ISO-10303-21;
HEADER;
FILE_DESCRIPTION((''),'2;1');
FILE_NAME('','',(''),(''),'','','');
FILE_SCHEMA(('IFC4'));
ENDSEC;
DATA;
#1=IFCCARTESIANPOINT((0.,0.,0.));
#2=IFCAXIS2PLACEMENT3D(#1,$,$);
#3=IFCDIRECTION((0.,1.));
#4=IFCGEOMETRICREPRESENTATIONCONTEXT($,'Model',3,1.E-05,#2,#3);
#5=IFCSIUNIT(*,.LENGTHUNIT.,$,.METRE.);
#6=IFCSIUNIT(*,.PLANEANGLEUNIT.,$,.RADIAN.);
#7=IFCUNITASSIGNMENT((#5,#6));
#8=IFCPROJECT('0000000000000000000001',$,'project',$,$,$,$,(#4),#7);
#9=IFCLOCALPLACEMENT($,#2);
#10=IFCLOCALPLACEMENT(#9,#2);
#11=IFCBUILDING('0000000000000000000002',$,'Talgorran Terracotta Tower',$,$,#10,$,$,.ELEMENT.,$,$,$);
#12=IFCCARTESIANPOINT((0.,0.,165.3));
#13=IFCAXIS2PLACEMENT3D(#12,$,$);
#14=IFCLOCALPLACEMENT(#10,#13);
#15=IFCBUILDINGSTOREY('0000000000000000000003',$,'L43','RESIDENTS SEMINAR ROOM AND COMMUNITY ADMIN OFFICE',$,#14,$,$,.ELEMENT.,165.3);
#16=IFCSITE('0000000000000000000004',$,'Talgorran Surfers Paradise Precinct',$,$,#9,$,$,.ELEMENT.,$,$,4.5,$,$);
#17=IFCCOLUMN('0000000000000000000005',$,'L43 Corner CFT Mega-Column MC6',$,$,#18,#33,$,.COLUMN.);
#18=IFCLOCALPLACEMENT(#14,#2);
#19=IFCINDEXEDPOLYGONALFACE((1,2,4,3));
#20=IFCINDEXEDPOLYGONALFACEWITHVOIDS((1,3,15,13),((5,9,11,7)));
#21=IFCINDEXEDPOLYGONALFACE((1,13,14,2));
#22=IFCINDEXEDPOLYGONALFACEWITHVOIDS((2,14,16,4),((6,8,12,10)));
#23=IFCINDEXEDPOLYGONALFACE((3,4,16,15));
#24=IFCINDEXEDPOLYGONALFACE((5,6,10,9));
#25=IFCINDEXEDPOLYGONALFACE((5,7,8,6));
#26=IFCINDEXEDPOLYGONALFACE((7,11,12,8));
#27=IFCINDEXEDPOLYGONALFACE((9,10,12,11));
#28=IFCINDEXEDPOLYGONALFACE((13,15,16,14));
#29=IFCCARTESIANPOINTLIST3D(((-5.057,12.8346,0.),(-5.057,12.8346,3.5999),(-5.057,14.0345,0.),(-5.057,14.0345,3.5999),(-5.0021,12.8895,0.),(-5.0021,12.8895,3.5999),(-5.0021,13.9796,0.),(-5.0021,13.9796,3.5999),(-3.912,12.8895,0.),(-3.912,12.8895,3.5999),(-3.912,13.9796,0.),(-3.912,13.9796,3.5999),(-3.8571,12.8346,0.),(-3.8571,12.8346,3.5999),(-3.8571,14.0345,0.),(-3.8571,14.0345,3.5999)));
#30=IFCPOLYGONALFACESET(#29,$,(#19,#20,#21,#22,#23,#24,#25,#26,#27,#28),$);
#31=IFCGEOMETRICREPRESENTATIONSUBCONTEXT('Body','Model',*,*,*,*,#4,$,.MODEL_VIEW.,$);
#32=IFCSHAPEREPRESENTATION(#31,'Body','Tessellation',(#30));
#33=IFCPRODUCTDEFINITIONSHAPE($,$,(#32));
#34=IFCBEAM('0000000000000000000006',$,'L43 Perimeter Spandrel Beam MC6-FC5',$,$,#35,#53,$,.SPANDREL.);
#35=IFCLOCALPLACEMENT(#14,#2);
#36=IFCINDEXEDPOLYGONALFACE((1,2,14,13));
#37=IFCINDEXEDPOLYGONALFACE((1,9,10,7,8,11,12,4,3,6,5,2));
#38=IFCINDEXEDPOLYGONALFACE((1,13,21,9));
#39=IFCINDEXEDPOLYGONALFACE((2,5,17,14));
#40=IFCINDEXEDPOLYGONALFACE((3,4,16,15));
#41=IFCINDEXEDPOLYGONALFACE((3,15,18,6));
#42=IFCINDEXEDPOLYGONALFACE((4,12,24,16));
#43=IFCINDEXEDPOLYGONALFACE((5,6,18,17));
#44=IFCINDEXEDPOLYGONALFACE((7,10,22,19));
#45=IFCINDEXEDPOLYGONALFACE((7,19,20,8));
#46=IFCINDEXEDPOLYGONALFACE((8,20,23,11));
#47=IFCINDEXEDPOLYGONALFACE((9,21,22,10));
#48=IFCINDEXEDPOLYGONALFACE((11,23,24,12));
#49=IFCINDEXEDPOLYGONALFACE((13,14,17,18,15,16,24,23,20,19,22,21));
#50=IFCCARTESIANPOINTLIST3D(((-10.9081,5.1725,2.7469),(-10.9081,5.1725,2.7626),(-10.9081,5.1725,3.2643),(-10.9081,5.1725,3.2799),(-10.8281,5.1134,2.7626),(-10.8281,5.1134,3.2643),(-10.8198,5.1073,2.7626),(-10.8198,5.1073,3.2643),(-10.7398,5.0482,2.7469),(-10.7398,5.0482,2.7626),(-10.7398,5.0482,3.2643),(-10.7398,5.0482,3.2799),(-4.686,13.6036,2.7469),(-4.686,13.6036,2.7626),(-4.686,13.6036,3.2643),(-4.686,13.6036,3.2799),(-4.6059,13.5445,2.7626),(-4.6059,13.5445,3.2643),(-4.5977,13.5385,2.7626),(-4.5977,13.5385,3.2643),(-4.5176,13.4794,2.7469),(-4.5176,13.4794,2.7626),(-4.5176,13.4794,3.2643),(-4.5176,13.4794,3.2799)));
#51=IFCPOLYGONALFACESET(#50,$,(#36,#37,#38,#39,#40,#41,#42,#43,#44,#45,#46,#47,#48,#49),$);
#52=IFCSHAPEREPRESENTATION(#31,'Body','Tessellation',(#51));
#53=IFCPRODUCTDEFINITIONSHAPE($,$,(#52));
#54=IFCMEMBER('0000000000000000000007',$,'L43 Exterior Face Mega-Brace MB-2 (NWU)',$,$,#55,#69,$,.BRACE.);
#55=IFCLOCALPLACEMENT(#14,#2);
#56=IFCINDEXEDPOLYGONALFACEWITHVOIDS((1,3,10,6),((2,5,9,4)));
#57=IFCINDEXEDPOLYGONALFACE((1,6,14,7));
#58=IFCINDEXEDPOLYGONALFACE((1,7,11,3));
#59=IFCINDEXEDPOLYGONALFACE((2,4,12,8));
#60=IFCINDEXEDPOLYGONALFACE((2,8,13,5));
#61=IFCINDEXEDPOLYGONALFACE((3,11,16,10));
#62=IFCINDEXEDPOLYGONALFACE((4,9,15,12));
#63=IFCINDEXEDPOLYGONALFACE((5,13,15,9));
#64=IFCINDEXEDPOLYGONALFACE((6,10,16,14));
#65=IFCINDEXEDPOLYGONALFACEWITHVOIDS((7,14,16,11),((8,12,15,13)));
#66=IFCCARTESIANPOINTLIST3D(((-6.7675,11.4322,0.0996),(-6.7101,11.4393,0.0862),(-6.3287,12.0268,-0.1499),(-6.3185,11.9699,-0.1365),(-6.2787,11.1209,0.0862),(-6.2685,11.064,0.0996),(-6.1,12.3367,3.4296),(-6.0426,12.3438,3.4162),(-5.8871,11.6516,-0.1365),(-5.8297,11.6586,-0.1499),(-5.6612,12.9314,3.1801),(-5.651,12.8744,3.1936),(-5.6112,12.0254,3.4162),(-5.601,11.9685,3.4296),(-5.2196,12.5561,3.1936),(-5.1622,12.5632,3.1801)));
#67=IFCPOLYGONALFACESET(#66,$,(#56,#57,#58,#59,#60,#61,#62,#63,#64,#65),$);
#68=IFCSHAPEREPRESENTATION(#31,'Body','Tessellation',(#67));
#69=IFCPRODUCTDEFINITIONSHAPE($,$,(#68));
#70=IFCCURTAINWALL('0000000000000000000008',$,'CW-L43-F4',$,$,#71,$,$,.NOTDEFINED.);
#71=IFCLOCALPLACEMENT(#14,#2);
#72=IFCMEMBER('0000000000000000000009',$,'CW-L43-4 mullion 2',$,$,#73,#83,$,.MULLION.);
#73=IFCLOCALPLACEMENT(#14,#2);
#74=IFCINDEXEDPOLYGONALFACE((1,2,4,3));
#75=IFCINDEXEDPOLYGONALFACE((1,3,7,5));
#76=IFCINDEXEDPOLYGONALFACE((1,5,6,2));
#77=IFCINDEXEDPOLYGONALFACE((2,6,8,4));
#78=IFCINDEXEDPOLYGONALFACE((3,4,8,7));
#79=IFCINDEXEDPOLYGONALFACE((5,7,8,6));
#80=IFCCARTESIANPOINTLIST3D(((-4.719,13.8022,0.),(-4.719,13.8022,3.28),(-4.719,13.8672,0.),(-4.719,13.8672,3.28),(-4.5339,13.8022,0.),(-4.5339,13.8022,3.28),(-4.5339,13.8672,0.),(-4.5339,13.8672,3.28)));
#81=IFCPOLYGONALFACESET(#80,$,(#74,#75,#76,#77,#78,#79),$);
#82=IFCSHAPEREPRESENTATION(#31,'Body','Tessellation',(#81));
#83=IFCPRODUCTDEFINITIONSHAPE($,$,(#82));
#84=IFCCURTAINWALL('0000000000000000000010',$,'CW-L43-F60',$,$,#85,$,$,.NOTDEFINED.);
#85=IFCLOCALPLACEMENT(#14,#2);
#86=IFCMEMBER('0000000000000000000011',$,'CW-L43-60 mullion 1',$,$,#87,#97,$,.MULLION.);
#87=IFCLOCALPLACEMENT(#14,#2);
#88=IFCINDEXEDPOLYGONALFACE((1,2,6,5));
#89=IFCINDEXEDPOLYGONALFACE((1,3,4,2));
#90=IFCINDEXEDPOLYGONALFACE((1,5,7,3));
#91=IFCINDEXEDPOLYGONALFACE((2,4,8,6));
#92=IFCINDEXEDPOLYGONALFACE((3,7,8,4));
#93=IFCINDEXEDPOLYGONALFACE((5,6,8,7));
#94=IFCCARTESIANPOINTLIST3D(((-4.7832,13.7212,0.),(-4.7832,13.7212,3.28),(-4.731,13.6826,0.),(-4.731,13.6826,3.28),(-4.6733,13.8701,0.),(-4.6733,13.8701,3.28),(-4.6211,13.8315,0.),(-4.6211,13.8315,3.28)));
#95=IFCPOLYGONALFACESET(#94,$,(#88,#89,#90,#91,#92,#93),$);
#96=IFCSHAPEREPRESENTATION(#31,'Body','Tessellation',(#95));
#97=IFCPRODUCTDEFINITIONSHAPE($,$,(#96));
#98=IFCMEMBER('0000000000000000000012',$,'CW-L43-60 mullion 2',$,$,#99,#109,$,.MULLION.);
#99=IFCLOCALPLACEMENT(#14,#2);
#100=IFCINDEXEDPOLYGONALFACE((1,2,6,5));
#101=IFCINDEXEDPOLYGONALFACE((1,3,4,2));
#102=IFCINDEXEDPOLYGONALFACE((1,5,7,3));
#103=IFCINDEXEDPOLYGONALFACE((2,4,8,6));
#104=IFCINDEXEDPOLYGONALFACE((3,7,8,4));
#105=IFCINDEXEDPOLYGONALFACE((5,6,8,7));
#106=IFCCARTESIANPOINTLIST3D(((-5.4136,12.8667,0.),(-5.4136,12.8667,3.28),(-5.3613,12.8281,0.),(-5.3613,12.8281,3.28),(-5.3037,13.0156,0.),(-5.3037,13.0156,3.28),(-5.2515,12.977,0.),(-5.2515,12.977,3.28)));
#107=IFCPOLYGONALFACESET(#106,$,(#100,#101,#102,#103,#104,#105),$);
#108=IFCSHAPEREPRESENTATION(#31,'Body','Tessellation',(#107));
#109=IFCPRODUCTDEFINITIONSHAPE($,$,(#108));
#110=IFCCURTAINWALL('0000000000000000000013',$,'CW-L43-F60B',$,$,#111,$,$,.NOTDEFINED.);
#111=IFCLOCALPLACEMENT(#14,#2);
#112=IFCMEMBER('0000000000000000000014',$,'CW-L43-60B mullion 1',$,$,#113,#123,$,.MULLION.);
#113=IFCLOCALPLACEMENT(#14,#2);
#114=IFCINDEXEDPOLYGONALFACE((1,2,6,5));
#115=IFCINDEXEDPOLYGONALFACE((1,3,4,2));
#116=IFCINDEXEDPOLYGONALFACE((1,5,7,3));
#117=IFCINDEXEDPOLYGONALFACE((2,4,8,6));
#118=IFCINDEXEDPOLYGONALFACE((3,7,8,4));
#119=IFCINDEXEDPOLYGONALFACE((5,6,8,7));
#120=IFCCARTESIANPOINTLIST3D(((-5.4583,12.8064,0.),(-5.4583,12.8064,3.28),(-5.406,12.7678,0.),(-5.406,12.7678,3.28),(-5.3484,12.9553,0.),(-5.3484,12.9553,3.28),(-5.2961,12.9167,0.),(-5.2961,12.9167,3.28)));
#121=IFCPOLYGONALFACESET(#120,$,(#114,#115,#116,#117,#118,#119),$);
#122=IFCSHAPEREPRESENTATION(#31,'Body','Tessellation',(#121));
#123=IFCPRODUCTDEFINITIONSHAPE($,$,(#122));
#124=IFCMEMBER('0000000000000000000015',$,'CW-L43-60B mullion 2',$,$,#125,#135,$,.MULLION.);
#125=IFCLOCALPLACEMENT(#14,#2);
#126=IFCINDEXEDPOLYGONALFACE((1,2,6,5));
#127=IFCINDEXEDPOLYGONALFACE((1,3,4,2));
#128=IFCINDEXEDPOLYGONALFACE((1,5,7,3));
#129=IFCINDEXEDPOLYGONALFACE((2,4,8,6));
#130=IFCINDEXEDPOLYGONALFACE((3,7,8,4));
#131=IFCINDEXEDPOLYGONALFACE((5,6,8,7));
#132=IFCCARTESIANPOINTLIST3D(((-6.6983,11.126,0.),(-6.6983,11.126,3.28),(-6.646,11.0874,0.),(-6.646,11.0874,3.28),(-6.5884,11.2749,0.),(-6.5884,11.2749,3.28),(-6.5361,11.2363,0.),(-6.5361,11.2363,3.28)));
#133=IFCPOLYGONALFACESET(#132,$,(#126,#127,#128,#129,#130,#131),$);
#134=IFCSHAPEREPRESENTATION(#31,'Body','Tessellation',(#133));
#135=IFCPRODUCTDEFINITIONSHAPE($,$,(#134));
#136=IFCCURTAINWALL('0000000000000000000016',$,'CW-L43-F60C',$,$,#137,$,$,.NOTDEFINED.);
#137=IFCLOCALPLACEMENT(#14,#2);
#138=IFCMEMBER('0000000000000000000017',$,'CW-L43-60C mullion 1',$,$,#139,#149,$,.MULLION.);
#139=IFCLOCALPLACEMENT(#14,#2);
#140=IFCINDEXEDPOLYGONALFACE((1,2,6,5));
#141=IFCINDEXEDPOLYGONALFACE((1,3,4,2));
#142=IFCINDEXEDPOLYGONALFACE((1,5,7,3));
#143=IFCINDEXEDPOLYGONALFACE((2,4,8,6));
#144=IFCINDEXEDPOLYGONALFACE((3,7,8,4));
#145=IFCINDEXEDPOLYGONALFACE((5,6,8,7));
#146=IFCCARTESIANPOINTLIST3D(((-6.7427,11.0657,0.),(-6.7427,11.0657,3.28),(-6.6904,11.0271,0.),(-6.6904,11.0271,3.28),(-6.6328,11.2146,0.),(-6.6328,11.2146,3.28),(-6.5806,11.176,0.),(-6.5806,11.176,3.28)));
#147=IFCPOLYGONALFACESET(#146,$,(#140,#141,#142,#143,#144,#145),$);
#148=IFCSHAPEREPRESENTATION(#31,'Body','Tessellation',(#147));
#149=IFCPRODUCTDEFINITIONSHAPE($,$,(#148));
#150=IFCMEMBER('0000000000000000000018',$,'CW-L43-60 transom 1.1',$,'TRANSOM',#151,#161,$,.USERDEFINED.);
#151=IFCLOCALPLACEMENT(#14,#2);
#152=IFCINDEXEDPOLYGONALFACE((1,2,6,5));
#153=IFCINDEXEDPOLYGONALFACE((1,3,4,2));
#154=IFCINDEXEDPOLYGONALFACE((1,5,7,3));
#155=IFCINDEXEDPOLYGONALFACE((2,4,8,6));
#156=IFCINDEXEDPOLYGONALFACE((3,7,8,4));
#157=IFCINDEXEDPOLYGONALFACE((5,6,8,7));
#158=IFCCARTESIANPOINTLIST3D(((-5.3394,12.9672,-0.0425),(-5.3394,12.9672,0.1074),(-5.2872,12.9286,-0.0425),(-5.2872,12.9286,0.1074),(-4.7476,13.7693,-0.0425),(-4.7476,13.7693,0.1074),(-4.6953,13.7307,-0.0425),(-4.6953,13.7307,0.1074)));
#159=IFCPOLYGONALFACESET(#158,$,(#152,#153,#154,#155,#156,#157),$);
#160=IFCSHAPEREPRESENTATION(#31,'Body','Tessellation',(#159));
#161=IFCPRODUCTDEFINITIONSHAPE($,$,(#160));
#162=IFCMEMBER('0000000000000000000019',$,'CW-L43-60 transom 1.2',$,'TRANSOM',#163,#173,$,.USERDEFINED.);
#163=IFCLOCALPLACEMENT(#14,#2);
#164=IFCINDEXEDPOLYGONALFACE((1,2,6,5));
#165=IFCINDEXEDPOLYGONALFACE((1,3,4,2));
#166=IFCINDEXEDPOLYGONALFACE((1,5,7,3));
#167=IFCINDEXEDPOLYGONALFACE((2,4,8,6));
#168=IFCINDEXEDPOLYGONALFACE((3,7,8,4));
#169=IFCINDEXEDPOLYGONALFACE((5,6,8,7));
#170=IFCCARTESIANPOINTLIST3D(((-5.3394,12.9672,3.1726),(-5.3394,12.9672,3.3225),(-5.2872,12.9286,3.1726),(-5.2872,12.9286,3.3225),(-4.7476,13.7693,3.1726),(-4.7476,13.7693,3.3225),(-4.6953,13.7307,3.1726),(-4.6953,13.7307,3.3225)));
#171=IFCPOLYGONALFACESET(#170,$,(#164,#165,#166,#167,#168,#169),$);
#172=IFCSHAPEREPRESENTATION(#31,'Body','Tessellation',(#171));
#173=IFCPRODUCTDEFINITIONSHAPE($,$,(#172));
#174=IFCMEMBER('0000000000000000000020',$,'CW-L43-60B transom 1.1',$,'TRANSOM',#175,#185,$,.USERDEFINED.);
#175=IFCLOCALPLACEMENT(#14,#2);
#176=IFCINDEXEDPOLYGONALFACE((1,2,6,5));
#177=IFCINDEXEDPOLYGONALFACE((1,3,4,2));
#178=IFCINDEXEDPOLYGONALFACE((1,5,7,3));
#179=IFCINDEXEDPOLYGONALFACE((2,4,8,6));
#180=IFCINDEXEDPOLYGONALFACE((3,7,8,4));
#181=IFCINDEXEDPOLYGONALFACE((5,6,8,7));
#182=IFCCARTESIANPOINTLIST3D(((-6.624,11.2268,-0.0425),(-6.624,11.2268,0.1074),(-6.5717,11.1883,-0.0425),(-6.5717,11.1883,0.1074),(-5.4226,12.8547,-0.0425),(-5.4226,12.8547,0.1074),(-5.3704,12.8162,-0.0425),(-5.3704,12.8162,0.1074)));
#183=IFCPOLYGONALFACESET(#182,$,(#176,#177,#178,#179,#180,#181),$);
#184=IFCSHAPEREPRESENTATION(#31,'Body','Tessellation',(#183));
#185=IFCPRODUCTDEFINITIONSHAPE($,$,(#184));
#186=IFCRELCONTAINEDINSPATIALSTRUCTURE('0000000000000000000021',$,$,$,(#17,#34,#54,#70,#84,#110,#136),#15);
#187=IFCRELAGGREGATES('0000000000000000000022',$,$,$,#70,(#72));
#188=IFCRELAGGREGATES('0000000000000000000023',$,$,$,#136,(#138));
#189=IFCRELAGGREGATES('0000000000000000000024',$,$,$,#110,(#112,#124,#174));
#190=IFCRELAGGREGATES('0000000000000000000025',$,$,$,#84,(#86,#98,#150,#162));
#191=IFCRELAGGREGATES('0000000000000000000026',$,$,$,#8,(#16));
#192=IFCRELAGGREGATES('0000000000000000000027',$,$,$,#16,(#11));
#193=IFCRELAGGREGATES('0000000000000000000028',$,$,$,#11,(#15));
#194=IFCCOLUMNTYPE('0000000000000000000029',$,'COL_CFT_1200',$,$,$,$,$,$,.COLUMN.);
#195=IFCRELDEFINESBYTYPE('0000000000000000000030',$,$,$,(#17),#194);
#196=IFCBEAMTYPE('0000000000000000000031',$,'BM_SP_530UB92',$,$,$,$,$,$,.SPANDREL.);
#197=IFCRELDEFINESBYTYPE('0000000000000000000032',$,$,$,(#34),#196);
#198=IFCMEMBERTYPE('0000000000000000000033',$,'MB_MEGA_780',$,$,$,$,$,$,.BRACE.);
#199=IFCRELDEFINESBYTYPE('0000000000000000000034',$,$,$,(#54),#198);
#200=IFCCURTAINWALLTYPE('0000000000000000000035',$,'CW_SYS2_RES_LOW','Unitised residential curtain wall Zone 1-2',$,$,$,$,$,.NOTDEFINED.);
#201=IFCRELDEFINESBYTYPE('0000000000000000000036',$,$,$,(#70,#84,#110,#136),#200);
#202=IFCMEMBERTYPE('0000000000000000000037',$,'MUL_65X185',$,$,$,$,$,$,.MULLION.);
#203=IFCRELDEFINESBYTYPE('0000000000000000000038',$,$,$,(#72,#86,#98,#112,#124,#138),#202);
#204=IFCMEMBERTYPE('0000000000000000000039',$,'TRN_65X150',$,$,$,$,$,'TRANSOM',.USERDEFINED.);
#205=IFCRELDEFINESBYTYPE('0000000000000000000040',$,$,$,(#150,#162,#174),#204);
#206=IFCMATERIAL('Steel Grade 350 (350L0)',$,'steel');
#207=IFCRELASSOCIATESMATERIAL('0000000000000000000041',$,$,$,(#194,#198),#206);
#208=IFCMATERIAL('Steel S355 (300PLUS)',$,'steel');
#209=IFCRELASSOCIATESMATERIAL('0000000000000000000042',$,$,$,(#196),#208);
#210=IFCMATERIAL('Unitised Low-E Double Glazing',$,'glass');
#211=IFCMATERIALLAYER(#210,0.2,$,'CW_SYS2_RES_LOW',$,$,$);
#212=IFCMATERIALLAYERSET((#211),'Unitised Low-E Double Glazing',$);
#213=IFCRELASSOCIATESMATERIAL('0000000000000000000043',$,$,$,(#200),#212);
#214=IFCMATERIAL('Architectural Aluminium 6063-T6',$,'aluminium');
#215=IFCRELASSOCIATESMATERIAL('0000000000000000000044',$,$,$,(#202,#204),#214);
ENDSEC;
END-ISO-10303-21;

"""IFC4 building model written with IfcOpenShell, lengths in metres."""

from ifc_helpers import new_model, si_unit, direction, frame, origin, origin_2d, place, context, subcontext, project, spatial, rectangle, hollow_rectangle, i_section, extrude, material, layer, layer_set, material_profile, profile_set, type_object, element, aggregate, save


model = new_model("IFC4")

# Units and contexts
model_context = context("Model", 3, precision=1e-05, world=origin(), true_north=direction((0.0, 1.0)))
body_context = subcontext(model_context, "Body", "Model", "MODEL_VIEW")
ifc_project = project(units=[si_unit("LENGTHUNIT", "METRE"), si_unit("PLANEANGLEUNIT", "RADIAN")], contexts=[model_context])

# Site, building, storey
site_placement = place(None, origin())
site = spatial("IfcSite", under=ifc_project, at=site_placement, Name="Talgorran Surfers Paradise Precinct", CompositionType="ELEMENT", RefElevation=4.5)
building_placement = place(site_placement, origin())
building = spatial("IfcBuilding", under=site, at=building_placement, Name="Talgorran Terracotta Tower", CompositionType="ELEMENT")
storey_placement = place(building_placement, frame((0.0, 0.0, 165.3)))
storey = spatial("IfcBuildingStorey", under=building, at=storey_placement, Name="L43", Description="RESIDENTS SEMINAR ROOM AND COMMUNITY ADMIN OFFICE", CompositionType="ELEMENT", Elevation=165.3)

# Column
ifc_material_1 = material(Name="Steel Grade 350 (350L0)", Category="steel")
ifc_material_profile_1 = material_profile(ifc_material_1, hollow_rectangle(XDim=1.2, YDim=1.2, WallThickness=0.0549, at=origin_2d()), Name="CFT1200X1200X55")
ifc_profile_set_1 = profile_set([ifc_material_profile_1], Name="Steel Grade 350 (350L0)")
column_type = type_object("IfcColumnType", Name="COL_CFT_1200", PredefinedType="COLUMN", material=ifc_profile_set_1)
column_placement = place(storey_placement, frame((-4.457, 13.4346, 0.0), z_axis=(0.0, 0.0, 1.0), x_axis=(1.0, 0.0, 0.0)))
element("IfcColumn", 1, at=column_placement, inside=storey, type_object=column_type, Name="L43 Corner CFT Mega-Column MC6", PredefinedType="COLUMN", context=body_context, shape_type="SweptSolid", body=[
    extrude(hollow_rectangle(XDim=1.2, YDim=1.2, WallThickness=0.0549, at=origin_2d()), origin(), (0.0, 0.0, 1.0), 3.5999),
])

# Beam
ifc_material_2 = material(Name="Steel S355 (300PLUS)", Category="steel")
ifc_material_profile_2 = material_profile(ifc_material_2, i_section(OverallWidth=0.2092, OverallDepth=0.533, WebThickness=0.0103, FlangeThickness=0.0156, at=origin_2d()), Name="530UB92.4")
ifc_profile_set_2 = profile_set([ifc_material_profile_2], Name="Steel S355 (300PLUS)")
beam_type = type_object("IfcBeamType", Name="BM_SP_530UB92", PredefinedType="SPANDREL", material=ifc_profile_set_2)
beam_placement = place(storey_placement, frame((-4.6018, 13.5415, 3.0134), z_axis=(-0.593801, -0.804612, 0.0), x_axis=(0.804612, -0.593801, 0.0)))
element("IfcBeam", 2, at=beam_placement, inside=storey, type_object=beam_type, Name="L43 Perimeter Spandrel Beam MC6-FC5", PredefinedType="SPANDREL", context=body_context, shape_type="SweptSolid", body=[
    extrude(i_section(OverallWidth=0.2092, OverallDepth=0.533, WebThickness=0.0103, FlangeThickness=0.0156, at=origin_2d()), origin(), (0.0, 0.0, 1.0), 10.4785),
])

# Member
ifc_material_profile_3 = material_profile(ifc_material_1, hollow_rectangle(XDim=0.6201, YDim=0.78, WallThickness=0.042, at=origin_2d()), Name="WBOX780X620X42")
ifc_profile_set_3 = profile_set([ifc_material_profile_3], Name="Steel Grade 350 (350L0)")
member_type_1 = type_object("IfcMemberType", Name="MB_MEGA_780", PredefinedType="BRACE", material=ifc_profile_set_3)
member_1_placement = place(storey_placement, frame((-6.2986, 11.5454, -0.0251), z_axis=(0.189911, 0.257359, 0.94747), x_axis=(-0.804641, 0.593762, 0.0)))
element("IfcMember", 3, at=member_1_placement, inside=storey, type_object=member_type_1, Name="L43 Exterior Face Mega-Brace MB-2 (NWU)", PredefinedType="BRACE", context=body_context, shape_type="SweptSolid", body=[
    extrude(hollow_rectangle(XDim=0.6201, YDim=0.78, WallThickness=0.042, at=origin_2d()), origin(), (0.0, 0.0, 1.0), 3.5146),
])

# Curtain wall, member
ifc_material_3 = material(Name="Unitised Low-E Double Glazing", Category="glass")
ifc_layer_1 = layer(ifc_material_3, 0.2, Name="CW_SYS2_RES_LOW")
ifc_layer_set_1 = layer_set([ifc_layer_1], Name="Unitised Low-E Double Glazing")
curtain_wall_type = type_object("IfcCurtainWallType", Name="CW_SYS2_RES_LOW", Description="Unitised residential curtain wall Zone 1-2", PredefinedType="NOTDEFINED", material=ifc_layer_set_1)
curtain_wall_1_placement = place(storey_placement, origin())
curtain_wall_1 = element("IfcCurtainWall", 4, at=curtain_wall_1_placement, inside=storey, type_object=curtain_wall_type, Name="CW-L43-F4", PredefinedType="NOTDEFINED")
ifc_material_4 = material(Name="Architectural Aluminium 6063-T6", Category="aluminium")
ifc_material_profile_4 = material_profile(ifc_material_4, rectangle(XDim=0.0649, YDim=0.1851, at=origin_2d()), Name="CWM65X185")
ifc_profile_set_4 = profile_set([ifc_material_profile_4], Name="Architectural Aluminium 6063-T6")
member_type_2 = type_object("IfcMemberType", Name="MUL_65X185", PredefinedType="MULLION", material=ifc_profile_set_4)
member_2_placement = place(storey_placement, frame((-4.6265, 13.8347, 0.0), z_axis=(0.0, 0.0, 1.0), x_axis=(0.0, -1.0, 0.0)))
member_2 = element("IfcMember", 5, at=member_2_placement, type_object=member_type_2, Name="CW-L43-4 mullion 2", PredefinedType="MULLION", context=body_context, shape_type="SweptSolid", body=[
    extrude(rectangle(XDim=0.0649, YDim=0.1851, at=origin_2d()), origin(), (0.0, 0.0, 1.0), 3.28),
])
aggregate(curtain_wall_1, [member_2])

# Curtain walls, members
curtain_wall_2_placement = place(storey_placement, origin())
curtain_wall_2 = element("IfcCurtainWall", 6, at=curtain_wall_2_placement, inside=storey, type_object=curtain_wall_type, Name="CW-L43-F60", PredefinedType="NOTDEFINED")
member_3_placement = place(storey_placement, frame((-4.7021, 13.7764, 0.0), z_axis=(0.0, 0.0, 1.0), x_axis=(0.80463, -0.593777, 0.0)))
member_3 = element("IfcMember", 7, at=member_3_placement, type_object=member_type_2, Name="CW-L43-60 mullion 1", PredefinedType="MULLION", context=body_context, shape_type="SweptSolid", body=[
    extrude(rectangle(XDim=0.0649, YDim=0.1851, at=origin_2d()), origin(), (0.0, 0.0, 1.0), 3.28),
])
member_4_placement = place(storey_placement, frame((-5.3325, 12.9219, 0.0), z_axis=(0.0, 0.0, 1.0), x_axis=(0.80463, -0.593777, 0.0)))
member_4 = element("IfcMember", 8, at=member_4_placement, type_object=member_type_2, Name="CW-L43-60 mullion 2", PredefinedType="MULLION", context=body_context, shape_type="SweptSolid", body=[
    extrude(rectangle(XDim=0.0649, YDim=0.1851, at=origin_2d()), origin(), (0.0, 0.0, 1.0), 3.28),
])
curtain_wall_3_placement = place(storey_placement, origin())
curtain_wall_3 = element("IfcCurtainWall", 9, at=curtain_wall_3_placement, inside=storey, type_object=curtain_wall_type, Name="CW-L43-F60B", PredefinedType="NOTDEFINED")
member_5_placement = place(storey_placement, frame((-5.3772, 12.8616, 0.0), z_axis=(0.0, 0.0, 1.0), x_axis=(0.804624, -0.593785, 0.0)))
member_5 = element("IfcMember", 10, at=member_5_placement, type_object=member_type_2, Name="CW-L43-60B mullion 1", PredefinedType="MULLION", context=body_context, shape_type="SweptSolid", body=[
    extrude(rectangle(XDim=0.0649, YDim=0.1851, at=origin_2d()), origin(), (0.0, 0.0, 1.0), 3.28),
])
member_6_placement = place(storey_placement, frame((-6.6172, 11.1812, 0.0), z_axis=(0.0, 0.0, 1.0), x_axis=(0.804624, -0.593785, 0.0)))
member_6 = element("IfcMember", 11, at=member_6_placement, type_object=member_type_2, Name="CW-L43-60B mullion 2", PredefinedType="MULLION", context=body_context, shape_type="SweptSolid", body=[
    extrude(rectangle(XDim=0.0649, YDim=0.1851, at=origin_2d()), origin(), (0.0, 0.0, 1.0), 3.28),
])

# Curtain wall, member
curtain_wall_4_placement = place(storey_placement, origin())
curtain_wall_4 = element("IfcCurtainWall", 12, at=curtain_wall_4_placement, inside=storey, type_object=curtain_wall_type, Name="CW-L43-F60C", PredefinedType="NOTDEFINED")
member_7_placement = place(storey_placement, frame((-6.6616, 11.1208, 0.0), z_axis=(0.0, 0.0, 1.0), x_axis=(0.804624, -0.593785, 0.0)))
member_7 = element("IfcMember", 13, at=member_7_placement, type_object=member_type_2, Name="CW-L43-60C mullion 1", PredefinedType="MULLION", context=body_context, shape_type="SweptSolid", body=[
    extrude(rectangle(XDim=0.0649, YDim=0.1851, at=origin_2d()), origin(), (0.0, 0.0, 1.0), 3.28),
])

# Members
ifc_material_profile_5 = material_profile(ifc_material_4, rectangle(XDim=0.0649, YDim=0.1499, at=origin_2d()), Name="CWT65X150")
ifc_profile_set_5 = profile_set([ifc_material_profile_5], Name="Architectural Aluminium 6063-T6")
member_type_3 = type_object("IfcMemberType", Name="TRN_65X150", ElementType="TRANSOM", PredefinedType="USERDEFINED", material=ifc_profile_set_5)
member_8_placement = place(storey_placement, frame((-4.7214, 13.75, 0.0325), z_axis=(-0.59375, -0.804649, 0.0), x_axis=(0.804649, -0.59375, 0.0)))
member_8 = element("IfcMember", 14, at=member_8_placement, type_object=member_type_3, Name="CW-L43-60 transom 1.1", ObjectType="TRANSOM", PredefinedType="USERDEFINED", context=body_context, shape_type="SweptSolid", body=[
    extrude(rectangle(XDim=0.0649, YDim=0.1499, at=origin_2d()), origin(), (0.0, 0.0, 1.0), 0.9968),
])
member_9_placement = place(storey_placement, frame((-4.7214, 13.75, 3.2476), z_axis=(-0.59375, -0.804649, 0.0), x_axis=(0.804649, -0.59375, 0.0)))
member_9 = element("IfcMember", 15, at=member_9_placement, type_object=member_type_3, Name="CW-L43-60 transom 1.2", ObjectType="TRANSOM", PredefinedType="USERDEFINED", context=body_context, shape_type="SweptSolid", body=[
    extrude(rectangle(XDim=0.0649, YDim=0.1499, at=origin_2d()), origin(), (0.0, 0.0, 1.0), 0.9968),
])
member_10_placement = place(storey_placement, frame((-5.3965, 12.8354, 0.0325), z_axis=(-0.593804, -0.80461, 0.0), x_axis=(0.80461, -0.593804, 0.0)))
member_10 = element("IfcMember", 16, at=member_10_placement, type_object=member_type_3, Name="CW-L43-60B transom 1.1", ObjectType="TRANSOM", PredefinedType="USERDEFINED", context=body_context, shape_type="SweptSolid", body=[
    extrude(rectangle(XDim=0.0649, YDim=0.1499, at=origin_2d()), origin(), (0.0, 0.0, 1.0), 2.0232),
])
aggregate(curtain_wall_4, [member_7])

aggregate(curtain_wall_3, [member_5, member_6, member_10])
aggregate(curtain_wall_2, [member_3, member_4, member_8, member_9])

save(model, "model.ifc")
